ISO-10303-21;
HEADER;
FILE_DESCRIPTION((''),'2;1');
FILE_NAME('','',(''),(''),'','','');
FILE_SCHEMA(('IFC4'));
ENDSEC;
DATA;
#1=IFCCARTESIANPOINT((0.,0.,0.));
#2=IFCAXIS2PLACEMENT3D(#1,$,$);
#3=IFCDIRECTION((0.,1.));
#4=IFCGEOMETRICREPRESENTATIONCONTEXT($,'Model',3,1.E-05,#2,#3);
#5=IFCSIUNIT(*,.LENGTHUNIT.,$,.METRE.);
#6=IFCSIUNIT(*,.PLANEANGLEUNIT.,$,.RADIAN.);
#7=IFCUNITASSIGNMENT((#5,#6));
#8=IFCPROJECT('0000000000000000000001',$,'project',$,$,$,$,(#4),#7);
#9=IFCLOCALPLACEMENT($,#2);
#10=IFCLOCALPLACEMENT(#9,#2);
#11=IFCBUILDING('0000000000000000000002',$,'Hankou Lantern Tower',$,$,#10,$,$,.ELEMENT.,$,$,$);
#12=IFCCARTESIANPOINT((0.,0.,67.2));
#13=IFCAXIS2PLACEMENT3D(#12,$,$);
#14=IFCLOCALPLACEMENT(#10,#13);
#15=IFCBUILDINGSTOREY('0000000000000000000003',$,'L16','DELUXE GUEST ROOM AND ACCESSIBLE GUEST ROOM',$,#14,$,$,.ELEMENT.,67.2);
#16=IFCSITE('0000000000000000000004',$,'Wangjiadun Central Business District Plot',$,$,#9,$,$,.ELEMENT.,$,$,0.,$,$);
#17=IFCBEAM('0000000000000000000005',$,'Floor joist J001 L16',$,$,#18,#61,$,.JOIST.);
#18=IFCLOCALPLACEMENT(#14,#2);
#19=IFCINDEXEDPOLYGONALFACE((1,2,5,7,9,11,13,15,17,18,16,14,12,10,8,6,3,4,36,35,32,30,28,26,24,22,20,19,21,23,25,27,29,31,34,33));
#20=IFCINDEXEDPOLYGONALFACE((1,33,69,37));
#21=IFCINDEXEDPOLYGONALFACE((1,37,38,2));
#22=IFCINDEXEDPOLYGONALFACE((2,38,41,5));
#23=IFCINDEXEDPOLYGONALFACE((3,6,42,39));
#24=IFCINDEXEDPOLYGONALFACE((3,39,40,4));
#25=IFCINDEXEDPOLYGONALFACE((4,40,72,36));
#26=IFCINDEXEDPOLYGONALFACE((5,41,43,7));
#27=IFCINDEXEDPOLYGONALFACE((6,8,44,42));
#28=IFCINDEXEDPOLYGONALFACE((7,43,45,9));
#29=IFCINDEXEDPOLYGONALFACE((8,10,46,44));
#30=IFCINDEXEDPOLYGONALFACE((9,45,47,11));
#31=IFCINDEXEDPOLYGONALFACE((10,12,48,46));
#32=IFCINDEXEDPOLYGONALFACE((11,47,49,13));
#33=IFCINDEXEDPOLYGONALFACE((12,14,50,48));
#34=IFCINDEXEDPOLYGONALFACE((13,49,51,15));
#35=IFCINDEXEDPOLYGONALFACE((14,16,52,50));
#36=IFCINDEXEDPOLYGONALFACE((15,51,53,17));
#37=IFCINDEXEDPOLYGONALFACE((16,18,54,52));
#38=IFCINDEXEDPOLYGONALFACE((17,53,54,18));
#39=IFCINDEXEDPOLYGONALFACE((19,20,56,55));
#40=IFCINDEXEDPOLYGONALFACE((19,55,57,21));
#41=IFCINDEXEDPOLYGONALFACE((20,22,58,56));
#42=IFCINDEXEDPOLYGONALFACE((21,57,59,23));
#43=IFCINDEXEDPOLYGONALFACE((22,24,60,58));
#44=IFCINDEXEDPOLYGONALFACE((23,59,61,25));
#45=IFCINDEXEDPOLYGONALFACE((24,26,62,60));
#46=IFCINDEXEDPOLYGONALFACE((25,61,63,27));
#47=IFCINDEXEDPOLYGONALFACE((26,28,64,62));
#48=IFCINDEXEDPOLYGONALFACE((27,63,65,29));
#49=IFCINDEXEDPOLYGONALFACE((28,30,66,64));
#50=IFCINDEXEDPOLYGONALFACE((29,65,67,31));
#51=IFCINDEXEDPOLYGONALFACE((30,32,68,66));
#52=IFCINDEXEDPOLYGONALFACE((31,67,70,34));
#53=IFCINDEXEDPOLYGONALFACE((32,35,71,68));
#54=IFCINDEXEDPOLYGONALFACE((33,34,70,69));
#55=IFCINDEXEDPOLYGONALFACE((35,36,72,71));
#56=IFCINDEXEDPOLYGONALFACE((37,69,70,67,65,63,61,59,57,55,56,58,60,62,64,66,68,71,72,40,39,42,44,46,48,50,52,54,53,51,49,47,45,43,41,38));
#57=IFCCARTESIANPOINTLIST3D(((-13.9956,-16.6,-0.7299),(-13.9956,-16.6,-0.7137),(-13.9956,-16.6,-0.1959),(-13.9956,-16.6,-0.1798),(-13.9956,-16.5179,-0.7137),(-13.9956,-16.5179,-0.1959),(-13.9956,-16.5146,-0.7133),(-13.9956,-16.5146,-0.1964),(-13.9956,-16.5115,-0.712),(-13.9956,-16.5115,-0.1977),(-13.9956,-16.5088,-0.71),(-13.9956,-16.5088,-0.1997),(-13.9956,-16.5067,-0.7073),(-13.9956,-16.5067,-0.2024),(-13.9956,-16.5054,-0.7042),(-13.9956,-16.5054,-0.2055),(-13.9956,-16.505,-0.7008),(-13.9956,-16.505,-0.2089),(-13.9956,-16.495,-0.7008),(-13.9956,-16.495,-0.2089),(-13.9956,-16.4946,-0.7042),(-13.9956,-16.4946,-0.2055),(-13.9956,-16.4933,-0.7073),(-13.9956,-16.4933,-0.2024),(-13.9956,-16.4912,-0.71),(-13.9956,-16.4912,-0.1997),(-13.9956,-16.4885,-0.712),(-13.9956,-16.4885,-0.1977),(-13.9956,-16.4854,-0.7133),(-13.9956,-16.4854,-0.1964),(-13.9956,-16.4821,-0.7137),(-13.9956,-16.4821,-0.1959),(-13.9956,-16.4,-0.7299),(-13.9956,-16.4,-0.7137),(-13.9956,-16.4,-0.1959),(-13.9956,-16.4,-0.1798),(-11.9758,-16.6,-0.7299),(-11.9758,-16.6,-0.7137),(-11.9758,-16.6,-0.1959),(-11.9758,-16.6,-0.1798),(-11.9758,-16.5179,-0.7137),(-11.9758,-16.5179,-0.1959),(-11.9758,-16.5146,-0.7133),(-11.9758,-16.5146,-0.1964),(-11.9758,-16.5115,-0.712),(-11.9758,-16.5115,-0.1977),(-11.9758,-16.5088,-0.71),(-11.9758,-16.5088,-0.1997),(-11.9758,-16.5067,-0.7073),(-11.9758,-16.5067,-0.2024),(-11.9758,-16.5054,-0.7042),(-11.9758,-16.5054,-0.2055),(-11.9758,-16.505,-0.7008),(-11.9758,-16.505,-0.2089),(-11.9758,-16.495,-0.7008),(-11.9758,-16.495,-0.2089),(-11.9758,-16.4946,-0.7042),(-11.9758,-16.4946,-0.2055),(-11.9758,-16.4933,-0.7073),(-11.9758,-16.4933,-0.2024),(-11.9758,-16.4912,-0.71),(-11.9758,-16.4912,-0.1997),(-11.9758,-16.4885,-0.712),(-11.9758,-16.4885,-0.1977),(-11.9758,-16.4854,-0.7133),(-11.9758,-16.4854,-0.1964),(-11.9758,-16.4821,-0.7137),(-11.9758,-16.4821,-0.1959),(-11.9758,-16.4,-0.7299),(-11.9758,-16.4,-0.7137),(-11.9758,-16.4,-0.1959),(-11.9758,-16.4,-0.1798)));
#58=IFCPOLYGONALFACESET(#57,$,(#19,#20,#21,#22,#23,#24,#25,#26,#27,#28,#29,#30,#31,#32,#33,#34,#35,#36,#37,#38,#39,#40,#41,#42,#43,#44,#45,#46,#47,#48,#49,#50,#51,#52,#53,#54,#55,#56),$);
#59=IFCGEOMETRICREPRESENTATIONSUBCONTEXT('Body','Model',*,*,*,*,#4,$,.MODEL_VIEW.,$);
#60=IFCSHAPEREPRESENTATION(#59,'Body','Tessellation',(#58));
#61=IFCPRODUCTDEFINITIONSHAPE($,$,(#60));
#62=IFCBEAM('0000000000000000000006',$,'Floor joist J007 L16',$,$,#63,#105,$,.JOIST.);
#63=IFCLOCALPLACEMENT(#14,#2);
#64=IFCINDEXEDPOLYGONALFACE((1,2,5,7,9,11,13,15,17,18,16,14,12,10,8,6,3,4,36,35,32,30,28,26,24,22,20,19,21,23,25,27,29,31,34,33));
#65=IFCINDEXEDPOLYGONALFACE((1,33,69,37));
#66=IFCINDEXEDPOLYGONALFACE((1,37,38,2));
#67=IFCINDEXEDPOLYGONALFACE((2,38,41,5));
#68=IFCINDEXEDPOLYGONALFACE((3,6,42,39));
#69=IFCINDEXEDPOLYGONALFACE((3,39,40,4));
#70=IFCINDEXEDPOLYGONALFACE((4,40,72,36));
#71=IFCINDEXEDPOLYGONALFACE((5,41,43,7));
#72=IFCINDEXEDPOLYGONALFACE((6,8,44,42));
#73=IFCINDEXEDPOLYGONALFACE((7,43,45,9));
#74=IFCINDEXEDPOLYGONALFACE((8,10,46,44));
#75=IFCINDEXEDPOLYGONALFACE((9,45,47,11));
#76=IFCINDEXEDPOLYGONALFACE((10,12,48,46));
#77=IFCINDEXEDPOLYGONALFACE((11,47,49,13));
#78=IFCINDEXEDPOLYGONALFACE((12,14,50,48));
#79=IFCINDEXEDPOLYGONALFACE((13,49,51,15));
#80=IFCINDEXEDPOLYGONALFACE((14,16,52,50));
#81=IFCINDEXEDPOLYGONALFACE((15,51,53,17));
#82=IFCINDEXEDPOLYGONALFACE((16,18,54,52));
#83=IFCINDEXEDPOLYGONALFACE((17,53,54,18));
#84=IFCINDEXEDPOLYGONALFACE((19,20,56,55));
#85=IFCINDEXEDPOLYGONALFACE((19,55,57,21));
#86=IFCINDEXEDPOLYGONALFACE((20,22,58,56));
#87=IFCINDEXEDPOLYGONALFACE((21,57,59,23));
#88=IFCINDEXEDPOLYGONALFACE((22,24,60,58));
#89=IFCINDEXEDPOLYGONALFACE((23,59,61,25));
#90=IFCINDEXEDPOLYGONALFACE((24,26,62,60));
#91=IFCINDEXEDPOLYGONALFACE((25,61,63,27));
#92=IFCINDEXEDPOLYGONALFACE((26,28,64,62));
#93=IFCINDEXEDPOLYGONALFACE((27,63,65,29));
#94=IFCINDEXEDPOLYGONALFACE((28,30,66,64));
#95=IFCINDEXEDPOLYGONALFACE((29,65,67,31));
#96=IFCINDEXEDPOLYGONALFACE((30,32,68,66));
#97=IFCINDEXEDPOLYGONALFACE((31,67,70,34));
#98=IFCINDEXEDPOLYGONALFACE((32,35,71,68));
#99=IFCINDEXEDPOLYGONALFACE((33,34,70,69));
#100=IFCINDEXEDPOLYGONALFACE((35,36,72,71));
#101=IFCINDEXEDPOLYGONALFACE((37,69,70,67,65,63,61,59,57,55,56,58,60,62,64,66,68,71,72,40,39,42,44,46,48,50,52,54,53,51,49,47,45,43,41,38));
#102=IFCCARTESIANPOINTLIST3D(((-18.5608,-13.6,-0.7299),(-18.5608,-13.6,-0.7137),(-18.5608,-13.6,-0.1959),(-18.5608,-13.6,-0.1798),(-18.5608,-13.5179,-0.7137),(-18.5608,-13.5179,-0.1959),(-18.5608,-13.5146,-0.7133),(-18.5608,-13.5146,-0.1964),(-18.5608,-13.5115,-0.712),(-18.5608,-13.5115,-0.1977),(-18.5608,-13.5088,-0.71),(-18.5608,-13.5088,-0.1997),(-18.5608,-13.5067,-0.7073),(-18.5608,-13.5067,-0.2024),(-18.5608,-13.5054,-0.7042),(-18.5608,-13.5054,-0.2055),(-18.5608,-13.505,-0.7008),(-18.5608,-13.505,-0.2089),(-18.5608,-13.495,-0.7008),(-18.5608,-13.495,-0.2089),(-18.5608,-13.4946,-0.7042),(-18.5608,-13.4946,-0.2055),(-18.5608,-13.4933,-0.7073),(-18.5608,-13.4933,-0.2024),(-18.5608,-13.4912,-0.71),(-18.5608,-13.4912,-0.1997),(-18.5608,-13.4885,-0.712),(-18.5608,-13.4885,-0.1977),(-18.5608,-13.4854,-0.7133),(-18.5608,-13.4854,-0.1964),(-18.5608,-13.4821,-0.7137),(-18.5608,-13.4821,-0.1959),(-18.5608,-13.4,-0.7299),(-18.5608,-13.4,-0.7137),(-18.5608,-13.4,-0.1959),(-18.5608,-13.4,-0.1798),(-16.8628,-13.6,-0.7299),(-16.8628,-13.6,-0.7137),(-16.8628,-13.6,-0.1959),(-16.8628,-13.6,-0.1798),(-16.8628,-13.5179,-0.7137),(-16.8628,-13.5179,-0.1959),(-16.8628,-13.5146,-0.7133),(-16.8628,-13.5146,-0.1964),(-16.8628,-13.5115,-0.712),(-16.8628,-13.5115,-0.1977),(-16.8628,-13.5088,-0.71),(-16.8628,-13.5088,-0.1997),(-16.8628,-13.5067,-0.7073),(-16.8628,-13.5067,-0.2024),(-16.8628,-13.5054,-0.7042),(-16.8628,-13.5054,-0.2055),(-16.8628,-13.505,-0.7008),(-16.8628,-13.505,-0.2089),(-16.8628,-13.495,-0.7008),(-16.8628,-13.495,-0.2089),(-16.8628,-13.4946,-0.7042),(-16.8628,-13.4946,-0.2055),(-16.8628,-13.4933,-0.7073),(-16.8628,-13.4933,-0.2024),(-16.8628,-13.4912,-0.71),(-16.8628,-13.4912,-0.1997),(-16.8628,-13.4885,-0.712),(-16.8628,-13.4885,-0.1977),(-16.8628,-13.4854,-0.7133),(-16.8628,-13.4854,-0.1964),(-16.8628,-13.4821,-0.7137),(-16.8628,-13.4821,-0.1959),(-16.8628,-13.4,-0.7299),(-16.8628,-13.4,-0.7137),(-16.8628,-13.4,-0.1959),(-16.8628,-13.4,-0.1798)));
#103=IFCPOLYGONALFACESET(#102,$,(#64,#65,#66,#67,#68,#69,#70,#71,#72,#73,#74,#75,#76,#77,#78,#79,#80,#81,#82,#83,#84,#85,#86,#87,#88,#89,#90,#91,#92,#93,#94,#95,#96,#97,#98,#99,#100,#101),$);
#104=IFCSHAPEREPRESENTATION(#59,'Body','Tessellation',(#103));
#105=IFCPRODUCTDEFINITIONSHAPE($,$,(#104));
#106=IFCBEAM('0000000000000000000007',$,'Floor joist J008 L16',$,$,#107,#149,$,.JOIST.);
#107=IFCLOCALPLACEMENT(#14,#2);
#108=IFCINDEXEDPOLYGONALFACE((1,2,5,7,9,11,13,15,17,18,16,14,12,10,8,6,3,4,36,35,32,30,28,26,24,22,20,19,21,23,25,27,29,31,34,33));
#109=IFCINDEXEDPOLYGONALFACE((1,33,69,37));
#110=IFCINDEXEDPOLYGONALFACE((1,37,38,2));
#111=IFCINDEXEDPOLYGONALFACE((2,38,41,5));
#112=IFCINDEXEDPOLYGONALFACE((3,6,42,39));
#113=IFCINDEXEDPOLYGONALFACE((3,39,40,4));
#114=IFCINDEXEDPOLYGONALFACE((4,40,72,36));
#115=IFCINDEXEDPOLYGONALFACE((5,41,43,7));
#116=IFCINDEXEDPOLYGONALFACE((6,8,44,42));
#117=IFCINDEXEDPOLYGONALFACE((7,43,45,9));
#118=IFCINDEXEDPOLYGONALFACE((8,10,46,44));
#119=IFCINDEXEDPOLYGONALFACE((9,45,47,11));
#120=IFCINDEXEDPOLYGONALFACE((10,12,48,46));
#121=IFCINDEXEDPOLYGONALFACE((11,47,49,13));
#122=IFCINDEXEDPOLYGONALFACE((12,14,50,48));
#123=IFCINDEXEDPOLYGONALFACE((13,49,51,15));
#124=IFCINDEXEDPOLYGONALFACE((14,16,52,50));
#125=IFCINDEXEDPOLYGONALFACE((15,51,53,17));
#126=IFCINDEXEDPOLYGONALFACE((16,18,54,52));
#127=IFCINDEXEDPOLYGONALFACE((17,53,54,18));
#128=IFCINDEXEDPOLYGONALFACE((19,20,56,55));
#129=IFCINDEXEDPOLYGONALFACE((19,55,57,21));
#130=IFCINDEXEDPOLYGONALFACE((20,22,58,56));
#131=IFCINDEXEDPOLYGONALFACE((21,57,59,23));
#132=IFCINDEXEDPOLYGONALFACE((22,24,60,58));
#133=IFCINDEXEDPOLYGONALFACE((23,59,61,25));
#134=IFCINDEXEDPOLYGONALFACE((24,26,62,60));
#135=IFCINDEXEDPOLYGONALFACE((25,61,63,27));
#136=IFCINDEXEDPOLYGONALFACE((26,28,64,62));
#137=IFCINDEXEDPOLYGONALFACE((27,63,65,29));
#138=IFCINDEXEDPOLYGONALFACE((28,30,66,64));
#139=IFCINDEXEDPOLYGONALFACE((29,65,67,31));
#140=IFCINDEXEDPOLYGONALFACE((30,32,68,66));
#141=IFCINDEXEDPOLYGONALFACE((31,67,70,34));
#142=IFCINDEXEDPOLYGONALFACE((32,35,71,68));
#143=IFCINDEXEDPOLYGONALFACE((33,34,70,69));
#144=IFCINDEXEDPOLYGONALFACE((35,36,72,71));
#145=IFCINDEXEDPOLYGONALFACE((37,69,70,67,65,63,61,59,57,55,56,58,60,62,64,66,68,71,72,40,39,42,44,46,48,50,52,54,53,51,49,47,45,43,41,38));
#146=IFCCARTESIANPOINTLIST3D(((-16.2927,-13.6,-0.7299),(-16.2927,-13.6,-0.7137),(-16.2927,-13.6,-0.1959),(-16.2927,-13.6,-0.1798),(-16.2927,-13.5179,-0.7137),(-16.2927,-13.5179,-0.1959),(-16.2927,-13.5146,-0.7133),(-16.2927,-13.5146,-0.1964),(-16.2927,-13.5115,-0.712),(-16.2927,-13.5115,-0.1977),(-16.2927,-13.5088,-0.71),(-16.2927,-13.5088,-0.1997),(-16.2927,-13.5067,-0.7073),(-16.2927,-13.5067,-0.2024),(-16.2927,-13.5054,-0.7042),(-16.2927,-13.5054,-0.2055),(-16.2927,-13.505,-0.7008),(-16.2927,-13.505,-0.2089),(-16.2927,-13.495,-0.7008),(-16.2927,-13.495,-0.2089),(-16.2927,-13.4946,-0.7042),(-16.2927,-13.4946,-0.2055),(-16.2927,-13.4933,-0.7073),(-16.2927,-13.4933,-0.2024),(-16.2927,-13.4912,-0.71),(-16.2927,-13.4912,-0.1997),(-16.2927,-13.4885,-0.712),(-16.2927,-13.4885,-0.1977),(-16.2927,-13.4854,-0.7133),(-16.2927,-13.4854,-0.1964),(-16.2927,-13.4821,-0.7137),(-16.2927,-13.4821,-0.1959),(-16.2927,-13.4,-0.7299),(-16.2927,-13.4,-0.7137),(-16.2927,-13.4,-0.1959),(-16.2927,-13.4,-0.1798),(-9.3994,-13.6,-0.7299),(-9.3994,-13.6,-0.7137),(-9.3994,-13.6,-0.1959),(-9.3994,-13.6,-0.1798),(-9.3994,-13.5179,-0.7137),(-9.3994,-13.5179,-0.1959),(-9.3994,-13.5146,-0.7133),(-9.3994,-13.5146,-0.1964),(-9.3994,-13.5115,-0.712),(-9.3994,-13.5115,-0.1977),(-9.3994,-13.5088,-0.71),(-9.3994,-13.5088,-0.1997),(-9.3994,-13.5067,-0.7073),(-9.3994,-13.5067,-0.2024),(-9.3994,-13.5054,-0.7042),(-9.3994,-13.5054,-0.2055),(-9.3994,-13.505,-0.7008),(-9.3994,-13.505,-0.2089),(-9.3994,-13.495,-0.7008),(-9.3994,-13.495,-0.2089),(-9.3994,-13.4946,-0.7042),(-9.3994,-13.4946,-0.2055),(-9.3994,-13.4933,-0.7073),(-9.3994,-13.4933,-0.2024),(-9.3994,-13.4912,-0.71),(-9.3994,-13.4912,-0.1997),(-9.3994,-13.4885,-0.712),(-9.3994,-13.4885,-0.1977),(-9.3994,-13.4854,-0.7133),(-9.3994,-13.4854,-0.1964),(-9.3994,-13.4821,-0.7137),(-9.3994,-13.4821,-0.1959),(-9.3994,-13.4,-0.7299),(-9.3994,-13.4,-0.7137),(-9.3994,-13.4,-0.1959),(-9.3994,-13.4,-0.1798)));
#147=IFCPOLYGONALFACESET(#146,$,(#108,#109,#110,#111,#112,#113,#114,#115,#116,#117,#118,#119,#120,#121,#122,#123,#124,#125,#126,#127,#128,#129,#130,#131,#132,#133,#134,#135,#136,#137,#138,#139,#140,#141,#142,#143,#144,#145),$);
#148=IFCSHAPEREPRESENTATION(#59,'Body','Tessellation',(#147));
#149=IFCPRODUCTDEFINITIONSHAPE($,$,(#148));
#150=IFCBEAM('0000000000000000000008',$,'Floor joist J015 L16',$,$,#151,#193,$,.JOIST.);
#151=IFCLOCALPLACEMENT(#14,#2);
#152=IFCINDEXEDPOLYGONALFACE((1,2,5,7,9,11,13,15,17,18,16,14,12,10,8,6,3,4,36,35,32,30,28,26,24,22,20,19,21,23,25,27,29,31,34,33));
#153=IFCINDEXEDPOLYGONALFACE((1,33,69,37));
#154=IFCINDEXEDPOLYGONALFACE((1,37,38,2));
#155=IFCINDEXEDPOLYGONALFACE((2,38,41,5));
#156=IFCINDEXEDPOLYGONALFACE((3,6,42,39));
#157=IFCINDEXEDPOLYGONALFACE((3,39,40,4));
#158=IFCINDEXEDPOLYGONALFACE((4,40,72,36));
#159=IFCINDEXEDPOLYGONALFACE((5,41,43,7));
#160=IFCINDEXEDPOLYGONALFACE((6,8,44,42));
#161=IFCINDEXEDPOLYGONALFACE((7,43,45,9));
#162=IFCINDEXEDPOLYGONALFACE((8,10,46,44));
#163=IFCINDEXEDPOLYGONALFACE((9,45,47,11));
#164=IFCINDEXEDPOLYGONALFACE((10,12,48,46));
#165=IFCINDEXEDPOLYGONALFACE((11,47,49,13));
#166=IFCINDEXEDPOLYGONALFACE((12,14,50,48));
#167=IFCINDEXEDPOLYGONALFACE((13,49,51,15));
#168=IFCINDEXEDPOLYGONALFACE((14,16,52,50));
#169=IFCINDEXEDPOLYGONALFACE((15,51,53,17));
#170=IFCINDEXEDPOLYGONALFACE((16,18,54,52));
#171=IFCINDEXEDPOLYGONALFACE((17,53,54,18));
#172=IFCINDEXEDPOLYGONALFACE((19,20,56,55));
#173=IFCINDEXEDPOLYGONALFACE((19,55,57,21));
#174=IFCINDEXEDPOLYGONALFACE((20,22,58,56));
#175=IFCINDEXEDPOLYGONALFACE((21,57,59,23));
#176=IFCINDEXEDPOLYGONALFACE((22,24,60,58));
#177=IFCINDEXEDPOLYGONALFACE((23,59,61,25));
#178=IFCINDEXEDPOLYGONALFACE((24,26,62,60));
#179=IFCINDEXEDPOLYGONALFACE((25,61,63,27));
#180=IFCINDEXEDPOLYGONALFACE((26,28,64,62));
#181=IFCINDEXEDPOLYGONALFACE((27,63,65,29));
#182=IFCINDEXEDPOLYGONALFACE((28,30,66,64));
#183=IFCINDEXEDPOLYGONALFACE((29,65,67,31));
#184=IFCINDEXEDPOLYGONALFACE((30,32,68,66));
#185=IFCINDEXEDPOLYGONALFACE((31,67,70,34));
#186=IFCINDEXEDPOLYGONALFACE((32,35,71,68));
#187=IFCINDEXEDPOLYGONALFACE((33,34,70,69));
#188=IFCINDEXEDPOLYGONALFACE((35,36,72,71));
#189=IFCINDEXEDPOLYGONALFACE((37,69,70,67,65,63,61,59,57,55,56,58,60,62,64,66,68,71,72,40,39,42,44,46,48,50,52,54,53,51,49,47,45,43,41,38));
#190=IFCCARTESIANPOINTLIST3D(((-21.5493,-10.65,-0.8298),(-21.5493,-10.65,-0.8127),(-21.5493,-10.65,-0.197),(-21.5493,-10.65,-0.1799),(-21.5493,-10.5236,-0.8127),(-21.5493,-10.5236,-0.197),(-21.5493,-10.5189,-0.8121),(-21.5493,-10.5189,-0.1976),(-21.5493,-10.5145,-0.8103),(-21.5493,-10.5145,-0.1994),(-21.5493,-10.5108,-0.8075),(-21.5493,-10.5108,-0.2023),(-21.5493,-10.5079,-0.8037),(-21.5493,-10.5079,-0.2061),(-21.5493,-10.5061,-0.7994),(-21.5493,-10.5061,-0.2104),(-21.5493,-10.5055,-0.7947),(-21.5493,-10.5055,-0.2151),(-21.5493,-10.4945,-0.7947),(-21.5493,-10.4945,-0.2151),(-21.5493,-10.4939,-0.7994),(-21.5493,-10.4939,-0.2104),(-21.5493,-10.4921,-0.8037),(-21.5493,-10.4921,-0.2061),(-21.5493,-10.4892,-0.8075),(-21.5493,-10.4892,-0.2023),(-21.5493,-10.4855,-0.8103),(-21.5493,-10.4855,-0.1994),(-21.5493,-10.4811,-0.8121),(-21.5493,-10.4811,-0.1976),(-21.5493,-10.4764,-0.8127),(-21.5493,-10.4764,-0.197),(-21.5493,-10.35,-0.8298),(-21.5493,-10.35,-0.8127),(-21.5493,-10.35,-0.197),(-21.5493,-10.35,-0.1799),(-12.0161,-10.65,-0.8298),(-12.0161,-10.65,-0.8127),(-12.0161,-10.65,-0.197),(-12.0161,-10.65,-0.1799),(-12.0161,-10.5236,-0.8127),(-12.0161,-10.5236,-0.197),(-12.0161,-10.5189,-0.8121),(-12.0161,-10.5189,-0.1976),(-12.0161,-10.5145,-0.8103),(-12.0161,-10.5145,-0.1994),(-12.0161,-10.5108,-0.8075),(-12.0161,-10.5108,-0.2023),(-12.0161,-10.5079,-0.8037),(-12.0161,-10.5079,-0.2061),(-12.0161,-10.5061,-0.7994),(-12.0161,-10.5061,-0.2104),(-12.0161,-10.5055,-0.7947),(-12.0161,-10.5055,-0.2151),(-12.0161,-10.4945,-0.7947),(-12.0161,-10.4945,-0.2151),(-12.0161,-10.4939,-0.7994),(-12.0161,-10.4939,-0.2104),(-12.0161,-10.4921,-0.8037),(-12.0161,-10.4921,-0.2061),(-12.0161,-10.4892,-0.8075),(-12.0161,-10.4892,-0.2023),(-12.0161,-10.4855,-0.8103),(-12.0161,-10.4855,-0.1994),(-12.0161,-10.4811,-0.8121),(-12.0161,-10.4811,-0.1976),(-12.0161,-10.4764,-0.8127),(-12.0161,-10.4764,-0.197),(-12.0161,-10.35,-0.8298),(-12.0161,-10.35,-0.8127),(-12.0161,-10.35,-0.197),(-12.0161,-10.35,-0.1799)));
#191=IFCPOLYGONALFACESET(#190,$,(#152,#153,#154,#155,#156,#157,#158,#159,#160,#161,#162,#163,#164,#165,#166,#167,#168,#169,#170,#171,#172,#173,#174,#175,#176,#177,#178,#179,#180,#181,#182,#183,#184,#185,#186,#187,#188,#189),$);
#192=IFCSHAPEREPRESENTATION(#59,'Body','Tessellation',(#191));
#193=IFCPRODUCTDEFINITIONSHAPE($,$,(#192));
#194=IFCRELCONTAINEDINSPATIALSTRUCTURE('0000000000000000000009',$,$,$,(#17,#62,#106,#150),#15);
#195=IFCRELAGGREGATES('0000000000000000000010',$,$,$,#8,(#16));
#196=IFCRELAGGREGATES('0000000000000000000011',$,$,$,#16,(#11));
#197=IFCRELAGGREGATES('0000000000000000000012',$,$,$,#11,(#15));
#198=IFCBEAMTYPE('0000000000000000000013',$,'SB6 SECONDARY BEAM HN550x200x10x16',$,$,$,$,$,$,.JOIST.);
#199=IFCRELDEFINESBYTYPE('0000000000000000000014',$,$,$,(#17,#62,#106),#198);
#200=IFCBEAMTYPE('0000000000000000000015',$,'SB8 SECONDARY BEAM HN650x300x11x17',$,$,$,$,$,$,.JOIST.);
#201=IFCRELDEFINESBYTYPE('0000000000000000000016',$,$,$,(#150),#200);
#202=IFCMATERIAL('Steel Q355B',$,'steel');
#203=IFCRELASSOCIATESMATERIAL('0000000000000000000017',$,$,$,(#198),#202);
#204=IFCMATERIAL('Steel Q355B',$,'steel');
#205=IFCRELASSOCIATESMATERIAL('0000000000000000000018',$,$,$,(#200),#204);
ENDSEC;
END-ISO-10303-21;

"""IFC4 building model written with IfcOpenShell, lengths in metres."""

from ifc_helpers import new_model, si_unit, direction, frame, origin, origin_2d, place, context, subcontext, project, spatial, i_section, extrude, material, material_profile, profile_set, type_object, element, save


model = new_model("IFC4")

# Units and contexts
model_context = context("Model", 3, precision=1e-05, world=origin(), true_north=direction((0.0, 1.0)))
body_context = subcontext(model_context, "Body", "Model", "MODEL_VIEW")
ifc_project = project(units=[si_unit("LENGTHUNIT", "METRE"), si_unit("PLANEANGLEUNIT", "RADIAN")], contexts=[model_context])

# Site, building, storey
site_placement = place(None, origin())
site = spatial("IfcSite", under=ifc_project, at=site_placement, Name="Wangjiadun Central Business District Plot", CompositionType="ELEMENT", RefElevation=0.0)
building_placement = place(site_placement, origin())
building = spatial("IfcBuilding", under=site, at=building_placement, Name="Hankou Lantern Tower", CompositionType="ELEMENT")
storey_placement = place(building_placement, frame((0.0, 0.0, 67.2)))
storey = spatial("IfcBuildingStorey", under=building, at=storey_placement, Name="L16", Description="DELUXE GUEST ROOM AND ACCESSIBLE GUEST ROOM", CompositionType="ELEMENT", Elevation=67.2)

# Beams
ifc_material_1 = material(Name="Steel Q355B", Category="steel")
ifc_material_profile_1 = material_profile(ifc_material_1, i_section(OverallWidth=0.2, OverallDepth=0.55, WebThickness=0.01, FlangeThickness=0.0161, FilletRadius=0.0129, at=origin_2d()), Name="HN550x200x10x16")
ifc_profile_set_1 = profile_set([ifc_material_profile_1], Name="Steel Q355B")
beam_type_1 = type_object("IfcBeamType", Name="SB6 SECONDARY BEAM HN550x200x10x16", PredefinedType="JOIST", material=ifc_profile_set_1)
beam_1_placement = place(storey_placement, frame((-13.9956, -16.5, -0.4548), z_axis=(1.0, 0.0, 0.0), x_axis=(0.0, 1.0, 0.0)))
element("IfcBeam", 1, at=beam_1_placement, inside=storey, type_object=beam_type_1, Name="Floor joist J001 L16", PredefinedType="JOIST", context=body_context, shape_type="SweptSolid", body=[
    extrude(i_section(OverallWidth=0.2, OverallDepth=0.55, WebThickness=0.01, FlangeThickness=0.0161, FilletRadius=0.0129, at=origin_2d()), origin(), (0.0, 0.0, 1.0), 2.0198),
])
beam_2_placement = place(storey_placement, frame((-18.5608, -13.5, -0.4548), z_axis=(1.0, 0.0, 0.0), x_axis=(0.0, 1.0, 0.0)))
element("IfcBeam", 2, at=beam_2_placement, inside=storey, type_object=beam_type_1, Name="Floor joist J007 L16", PredefinedType="JOIST", context=body_context, shape_type="SweptSolid", body=[
    extrude(i_section(OverallWidth=0.2, OverallDepth=0.55, WebThickness=0.01, FlangeThickness=0.0161, FilletRadius=0.0129, at=origin_2d()), origin(), (0.0, 0.0, 1.0), 1.698),
])
beam_3_placement = place(storey_placement, frame((-16.2927, -13.5, -0.4548), z_axis=(1.0, 0.0, 0.0), x_axis=(0.0, 1.0, 0.0)))
element("IfcBeam", 3, at=beam_3_placement, inside=storey, type_object=beam_type_1, Name="Floor joist J008 L16", PredefinedType="JOIST", context=body_context, shape_type="SweptSolid", body=[
    extrude(i_section(OverallWidth=0.2, OverallDepth=0.55, WebThickness=0.01, FlangeThickness=0.0161, FilletRadius=0.0129, at=origin_2d()), origin(), (0.0, 0.0, 1.0), 6.8933),
])
ifc_material_2 = material(Name="Steel Q355B", Category="steel")
ifc_material_profile_2 = material_profile(ifc_material_2, i_section(OverallWidth=0.3, OverallDepth=0.6499, WebThickness=0.011, FlangeThickness=0.0171, FilletRadius=0.0181, at=origin_2d()), Name="HN650x300x11x17")
ifc_profile_set_2 = profile_set([ifc_material_profile_2], Name="Steel Q355B")
beam_type_2 = type_object("IfcBeamType", Name="SB8 SECONDARY BEAM HN650x300x11x17", PredefinedType="JOIST", material=ifc_profile_set_2)
beam_4_placement = place(storey_placement, frame((-21.5493, -10.5, -0.5049), z_axis=(1.0, 0.0, 0.0), x_axis=(0.0, 1.0, 0.0)))
element("IfcBeam", 4, at=beam_4_placement, inside=storey, type_object=beam_type_2, Name="Floor joist J015 L16", PredefinedType="JOIST", context=body_context, shape_type="SweptSolid", body=[
    extrude(i_section(OverallWidth=0.3, OverallDepth=0.6499, WebThickness=0.011, FlangeThickness=0.0171, FilletRadius=0.0181, at=origin_2d()), origin(), (0.0, 0.0, 1.0), 9.5332),
])

save(model, "model.ifc")
